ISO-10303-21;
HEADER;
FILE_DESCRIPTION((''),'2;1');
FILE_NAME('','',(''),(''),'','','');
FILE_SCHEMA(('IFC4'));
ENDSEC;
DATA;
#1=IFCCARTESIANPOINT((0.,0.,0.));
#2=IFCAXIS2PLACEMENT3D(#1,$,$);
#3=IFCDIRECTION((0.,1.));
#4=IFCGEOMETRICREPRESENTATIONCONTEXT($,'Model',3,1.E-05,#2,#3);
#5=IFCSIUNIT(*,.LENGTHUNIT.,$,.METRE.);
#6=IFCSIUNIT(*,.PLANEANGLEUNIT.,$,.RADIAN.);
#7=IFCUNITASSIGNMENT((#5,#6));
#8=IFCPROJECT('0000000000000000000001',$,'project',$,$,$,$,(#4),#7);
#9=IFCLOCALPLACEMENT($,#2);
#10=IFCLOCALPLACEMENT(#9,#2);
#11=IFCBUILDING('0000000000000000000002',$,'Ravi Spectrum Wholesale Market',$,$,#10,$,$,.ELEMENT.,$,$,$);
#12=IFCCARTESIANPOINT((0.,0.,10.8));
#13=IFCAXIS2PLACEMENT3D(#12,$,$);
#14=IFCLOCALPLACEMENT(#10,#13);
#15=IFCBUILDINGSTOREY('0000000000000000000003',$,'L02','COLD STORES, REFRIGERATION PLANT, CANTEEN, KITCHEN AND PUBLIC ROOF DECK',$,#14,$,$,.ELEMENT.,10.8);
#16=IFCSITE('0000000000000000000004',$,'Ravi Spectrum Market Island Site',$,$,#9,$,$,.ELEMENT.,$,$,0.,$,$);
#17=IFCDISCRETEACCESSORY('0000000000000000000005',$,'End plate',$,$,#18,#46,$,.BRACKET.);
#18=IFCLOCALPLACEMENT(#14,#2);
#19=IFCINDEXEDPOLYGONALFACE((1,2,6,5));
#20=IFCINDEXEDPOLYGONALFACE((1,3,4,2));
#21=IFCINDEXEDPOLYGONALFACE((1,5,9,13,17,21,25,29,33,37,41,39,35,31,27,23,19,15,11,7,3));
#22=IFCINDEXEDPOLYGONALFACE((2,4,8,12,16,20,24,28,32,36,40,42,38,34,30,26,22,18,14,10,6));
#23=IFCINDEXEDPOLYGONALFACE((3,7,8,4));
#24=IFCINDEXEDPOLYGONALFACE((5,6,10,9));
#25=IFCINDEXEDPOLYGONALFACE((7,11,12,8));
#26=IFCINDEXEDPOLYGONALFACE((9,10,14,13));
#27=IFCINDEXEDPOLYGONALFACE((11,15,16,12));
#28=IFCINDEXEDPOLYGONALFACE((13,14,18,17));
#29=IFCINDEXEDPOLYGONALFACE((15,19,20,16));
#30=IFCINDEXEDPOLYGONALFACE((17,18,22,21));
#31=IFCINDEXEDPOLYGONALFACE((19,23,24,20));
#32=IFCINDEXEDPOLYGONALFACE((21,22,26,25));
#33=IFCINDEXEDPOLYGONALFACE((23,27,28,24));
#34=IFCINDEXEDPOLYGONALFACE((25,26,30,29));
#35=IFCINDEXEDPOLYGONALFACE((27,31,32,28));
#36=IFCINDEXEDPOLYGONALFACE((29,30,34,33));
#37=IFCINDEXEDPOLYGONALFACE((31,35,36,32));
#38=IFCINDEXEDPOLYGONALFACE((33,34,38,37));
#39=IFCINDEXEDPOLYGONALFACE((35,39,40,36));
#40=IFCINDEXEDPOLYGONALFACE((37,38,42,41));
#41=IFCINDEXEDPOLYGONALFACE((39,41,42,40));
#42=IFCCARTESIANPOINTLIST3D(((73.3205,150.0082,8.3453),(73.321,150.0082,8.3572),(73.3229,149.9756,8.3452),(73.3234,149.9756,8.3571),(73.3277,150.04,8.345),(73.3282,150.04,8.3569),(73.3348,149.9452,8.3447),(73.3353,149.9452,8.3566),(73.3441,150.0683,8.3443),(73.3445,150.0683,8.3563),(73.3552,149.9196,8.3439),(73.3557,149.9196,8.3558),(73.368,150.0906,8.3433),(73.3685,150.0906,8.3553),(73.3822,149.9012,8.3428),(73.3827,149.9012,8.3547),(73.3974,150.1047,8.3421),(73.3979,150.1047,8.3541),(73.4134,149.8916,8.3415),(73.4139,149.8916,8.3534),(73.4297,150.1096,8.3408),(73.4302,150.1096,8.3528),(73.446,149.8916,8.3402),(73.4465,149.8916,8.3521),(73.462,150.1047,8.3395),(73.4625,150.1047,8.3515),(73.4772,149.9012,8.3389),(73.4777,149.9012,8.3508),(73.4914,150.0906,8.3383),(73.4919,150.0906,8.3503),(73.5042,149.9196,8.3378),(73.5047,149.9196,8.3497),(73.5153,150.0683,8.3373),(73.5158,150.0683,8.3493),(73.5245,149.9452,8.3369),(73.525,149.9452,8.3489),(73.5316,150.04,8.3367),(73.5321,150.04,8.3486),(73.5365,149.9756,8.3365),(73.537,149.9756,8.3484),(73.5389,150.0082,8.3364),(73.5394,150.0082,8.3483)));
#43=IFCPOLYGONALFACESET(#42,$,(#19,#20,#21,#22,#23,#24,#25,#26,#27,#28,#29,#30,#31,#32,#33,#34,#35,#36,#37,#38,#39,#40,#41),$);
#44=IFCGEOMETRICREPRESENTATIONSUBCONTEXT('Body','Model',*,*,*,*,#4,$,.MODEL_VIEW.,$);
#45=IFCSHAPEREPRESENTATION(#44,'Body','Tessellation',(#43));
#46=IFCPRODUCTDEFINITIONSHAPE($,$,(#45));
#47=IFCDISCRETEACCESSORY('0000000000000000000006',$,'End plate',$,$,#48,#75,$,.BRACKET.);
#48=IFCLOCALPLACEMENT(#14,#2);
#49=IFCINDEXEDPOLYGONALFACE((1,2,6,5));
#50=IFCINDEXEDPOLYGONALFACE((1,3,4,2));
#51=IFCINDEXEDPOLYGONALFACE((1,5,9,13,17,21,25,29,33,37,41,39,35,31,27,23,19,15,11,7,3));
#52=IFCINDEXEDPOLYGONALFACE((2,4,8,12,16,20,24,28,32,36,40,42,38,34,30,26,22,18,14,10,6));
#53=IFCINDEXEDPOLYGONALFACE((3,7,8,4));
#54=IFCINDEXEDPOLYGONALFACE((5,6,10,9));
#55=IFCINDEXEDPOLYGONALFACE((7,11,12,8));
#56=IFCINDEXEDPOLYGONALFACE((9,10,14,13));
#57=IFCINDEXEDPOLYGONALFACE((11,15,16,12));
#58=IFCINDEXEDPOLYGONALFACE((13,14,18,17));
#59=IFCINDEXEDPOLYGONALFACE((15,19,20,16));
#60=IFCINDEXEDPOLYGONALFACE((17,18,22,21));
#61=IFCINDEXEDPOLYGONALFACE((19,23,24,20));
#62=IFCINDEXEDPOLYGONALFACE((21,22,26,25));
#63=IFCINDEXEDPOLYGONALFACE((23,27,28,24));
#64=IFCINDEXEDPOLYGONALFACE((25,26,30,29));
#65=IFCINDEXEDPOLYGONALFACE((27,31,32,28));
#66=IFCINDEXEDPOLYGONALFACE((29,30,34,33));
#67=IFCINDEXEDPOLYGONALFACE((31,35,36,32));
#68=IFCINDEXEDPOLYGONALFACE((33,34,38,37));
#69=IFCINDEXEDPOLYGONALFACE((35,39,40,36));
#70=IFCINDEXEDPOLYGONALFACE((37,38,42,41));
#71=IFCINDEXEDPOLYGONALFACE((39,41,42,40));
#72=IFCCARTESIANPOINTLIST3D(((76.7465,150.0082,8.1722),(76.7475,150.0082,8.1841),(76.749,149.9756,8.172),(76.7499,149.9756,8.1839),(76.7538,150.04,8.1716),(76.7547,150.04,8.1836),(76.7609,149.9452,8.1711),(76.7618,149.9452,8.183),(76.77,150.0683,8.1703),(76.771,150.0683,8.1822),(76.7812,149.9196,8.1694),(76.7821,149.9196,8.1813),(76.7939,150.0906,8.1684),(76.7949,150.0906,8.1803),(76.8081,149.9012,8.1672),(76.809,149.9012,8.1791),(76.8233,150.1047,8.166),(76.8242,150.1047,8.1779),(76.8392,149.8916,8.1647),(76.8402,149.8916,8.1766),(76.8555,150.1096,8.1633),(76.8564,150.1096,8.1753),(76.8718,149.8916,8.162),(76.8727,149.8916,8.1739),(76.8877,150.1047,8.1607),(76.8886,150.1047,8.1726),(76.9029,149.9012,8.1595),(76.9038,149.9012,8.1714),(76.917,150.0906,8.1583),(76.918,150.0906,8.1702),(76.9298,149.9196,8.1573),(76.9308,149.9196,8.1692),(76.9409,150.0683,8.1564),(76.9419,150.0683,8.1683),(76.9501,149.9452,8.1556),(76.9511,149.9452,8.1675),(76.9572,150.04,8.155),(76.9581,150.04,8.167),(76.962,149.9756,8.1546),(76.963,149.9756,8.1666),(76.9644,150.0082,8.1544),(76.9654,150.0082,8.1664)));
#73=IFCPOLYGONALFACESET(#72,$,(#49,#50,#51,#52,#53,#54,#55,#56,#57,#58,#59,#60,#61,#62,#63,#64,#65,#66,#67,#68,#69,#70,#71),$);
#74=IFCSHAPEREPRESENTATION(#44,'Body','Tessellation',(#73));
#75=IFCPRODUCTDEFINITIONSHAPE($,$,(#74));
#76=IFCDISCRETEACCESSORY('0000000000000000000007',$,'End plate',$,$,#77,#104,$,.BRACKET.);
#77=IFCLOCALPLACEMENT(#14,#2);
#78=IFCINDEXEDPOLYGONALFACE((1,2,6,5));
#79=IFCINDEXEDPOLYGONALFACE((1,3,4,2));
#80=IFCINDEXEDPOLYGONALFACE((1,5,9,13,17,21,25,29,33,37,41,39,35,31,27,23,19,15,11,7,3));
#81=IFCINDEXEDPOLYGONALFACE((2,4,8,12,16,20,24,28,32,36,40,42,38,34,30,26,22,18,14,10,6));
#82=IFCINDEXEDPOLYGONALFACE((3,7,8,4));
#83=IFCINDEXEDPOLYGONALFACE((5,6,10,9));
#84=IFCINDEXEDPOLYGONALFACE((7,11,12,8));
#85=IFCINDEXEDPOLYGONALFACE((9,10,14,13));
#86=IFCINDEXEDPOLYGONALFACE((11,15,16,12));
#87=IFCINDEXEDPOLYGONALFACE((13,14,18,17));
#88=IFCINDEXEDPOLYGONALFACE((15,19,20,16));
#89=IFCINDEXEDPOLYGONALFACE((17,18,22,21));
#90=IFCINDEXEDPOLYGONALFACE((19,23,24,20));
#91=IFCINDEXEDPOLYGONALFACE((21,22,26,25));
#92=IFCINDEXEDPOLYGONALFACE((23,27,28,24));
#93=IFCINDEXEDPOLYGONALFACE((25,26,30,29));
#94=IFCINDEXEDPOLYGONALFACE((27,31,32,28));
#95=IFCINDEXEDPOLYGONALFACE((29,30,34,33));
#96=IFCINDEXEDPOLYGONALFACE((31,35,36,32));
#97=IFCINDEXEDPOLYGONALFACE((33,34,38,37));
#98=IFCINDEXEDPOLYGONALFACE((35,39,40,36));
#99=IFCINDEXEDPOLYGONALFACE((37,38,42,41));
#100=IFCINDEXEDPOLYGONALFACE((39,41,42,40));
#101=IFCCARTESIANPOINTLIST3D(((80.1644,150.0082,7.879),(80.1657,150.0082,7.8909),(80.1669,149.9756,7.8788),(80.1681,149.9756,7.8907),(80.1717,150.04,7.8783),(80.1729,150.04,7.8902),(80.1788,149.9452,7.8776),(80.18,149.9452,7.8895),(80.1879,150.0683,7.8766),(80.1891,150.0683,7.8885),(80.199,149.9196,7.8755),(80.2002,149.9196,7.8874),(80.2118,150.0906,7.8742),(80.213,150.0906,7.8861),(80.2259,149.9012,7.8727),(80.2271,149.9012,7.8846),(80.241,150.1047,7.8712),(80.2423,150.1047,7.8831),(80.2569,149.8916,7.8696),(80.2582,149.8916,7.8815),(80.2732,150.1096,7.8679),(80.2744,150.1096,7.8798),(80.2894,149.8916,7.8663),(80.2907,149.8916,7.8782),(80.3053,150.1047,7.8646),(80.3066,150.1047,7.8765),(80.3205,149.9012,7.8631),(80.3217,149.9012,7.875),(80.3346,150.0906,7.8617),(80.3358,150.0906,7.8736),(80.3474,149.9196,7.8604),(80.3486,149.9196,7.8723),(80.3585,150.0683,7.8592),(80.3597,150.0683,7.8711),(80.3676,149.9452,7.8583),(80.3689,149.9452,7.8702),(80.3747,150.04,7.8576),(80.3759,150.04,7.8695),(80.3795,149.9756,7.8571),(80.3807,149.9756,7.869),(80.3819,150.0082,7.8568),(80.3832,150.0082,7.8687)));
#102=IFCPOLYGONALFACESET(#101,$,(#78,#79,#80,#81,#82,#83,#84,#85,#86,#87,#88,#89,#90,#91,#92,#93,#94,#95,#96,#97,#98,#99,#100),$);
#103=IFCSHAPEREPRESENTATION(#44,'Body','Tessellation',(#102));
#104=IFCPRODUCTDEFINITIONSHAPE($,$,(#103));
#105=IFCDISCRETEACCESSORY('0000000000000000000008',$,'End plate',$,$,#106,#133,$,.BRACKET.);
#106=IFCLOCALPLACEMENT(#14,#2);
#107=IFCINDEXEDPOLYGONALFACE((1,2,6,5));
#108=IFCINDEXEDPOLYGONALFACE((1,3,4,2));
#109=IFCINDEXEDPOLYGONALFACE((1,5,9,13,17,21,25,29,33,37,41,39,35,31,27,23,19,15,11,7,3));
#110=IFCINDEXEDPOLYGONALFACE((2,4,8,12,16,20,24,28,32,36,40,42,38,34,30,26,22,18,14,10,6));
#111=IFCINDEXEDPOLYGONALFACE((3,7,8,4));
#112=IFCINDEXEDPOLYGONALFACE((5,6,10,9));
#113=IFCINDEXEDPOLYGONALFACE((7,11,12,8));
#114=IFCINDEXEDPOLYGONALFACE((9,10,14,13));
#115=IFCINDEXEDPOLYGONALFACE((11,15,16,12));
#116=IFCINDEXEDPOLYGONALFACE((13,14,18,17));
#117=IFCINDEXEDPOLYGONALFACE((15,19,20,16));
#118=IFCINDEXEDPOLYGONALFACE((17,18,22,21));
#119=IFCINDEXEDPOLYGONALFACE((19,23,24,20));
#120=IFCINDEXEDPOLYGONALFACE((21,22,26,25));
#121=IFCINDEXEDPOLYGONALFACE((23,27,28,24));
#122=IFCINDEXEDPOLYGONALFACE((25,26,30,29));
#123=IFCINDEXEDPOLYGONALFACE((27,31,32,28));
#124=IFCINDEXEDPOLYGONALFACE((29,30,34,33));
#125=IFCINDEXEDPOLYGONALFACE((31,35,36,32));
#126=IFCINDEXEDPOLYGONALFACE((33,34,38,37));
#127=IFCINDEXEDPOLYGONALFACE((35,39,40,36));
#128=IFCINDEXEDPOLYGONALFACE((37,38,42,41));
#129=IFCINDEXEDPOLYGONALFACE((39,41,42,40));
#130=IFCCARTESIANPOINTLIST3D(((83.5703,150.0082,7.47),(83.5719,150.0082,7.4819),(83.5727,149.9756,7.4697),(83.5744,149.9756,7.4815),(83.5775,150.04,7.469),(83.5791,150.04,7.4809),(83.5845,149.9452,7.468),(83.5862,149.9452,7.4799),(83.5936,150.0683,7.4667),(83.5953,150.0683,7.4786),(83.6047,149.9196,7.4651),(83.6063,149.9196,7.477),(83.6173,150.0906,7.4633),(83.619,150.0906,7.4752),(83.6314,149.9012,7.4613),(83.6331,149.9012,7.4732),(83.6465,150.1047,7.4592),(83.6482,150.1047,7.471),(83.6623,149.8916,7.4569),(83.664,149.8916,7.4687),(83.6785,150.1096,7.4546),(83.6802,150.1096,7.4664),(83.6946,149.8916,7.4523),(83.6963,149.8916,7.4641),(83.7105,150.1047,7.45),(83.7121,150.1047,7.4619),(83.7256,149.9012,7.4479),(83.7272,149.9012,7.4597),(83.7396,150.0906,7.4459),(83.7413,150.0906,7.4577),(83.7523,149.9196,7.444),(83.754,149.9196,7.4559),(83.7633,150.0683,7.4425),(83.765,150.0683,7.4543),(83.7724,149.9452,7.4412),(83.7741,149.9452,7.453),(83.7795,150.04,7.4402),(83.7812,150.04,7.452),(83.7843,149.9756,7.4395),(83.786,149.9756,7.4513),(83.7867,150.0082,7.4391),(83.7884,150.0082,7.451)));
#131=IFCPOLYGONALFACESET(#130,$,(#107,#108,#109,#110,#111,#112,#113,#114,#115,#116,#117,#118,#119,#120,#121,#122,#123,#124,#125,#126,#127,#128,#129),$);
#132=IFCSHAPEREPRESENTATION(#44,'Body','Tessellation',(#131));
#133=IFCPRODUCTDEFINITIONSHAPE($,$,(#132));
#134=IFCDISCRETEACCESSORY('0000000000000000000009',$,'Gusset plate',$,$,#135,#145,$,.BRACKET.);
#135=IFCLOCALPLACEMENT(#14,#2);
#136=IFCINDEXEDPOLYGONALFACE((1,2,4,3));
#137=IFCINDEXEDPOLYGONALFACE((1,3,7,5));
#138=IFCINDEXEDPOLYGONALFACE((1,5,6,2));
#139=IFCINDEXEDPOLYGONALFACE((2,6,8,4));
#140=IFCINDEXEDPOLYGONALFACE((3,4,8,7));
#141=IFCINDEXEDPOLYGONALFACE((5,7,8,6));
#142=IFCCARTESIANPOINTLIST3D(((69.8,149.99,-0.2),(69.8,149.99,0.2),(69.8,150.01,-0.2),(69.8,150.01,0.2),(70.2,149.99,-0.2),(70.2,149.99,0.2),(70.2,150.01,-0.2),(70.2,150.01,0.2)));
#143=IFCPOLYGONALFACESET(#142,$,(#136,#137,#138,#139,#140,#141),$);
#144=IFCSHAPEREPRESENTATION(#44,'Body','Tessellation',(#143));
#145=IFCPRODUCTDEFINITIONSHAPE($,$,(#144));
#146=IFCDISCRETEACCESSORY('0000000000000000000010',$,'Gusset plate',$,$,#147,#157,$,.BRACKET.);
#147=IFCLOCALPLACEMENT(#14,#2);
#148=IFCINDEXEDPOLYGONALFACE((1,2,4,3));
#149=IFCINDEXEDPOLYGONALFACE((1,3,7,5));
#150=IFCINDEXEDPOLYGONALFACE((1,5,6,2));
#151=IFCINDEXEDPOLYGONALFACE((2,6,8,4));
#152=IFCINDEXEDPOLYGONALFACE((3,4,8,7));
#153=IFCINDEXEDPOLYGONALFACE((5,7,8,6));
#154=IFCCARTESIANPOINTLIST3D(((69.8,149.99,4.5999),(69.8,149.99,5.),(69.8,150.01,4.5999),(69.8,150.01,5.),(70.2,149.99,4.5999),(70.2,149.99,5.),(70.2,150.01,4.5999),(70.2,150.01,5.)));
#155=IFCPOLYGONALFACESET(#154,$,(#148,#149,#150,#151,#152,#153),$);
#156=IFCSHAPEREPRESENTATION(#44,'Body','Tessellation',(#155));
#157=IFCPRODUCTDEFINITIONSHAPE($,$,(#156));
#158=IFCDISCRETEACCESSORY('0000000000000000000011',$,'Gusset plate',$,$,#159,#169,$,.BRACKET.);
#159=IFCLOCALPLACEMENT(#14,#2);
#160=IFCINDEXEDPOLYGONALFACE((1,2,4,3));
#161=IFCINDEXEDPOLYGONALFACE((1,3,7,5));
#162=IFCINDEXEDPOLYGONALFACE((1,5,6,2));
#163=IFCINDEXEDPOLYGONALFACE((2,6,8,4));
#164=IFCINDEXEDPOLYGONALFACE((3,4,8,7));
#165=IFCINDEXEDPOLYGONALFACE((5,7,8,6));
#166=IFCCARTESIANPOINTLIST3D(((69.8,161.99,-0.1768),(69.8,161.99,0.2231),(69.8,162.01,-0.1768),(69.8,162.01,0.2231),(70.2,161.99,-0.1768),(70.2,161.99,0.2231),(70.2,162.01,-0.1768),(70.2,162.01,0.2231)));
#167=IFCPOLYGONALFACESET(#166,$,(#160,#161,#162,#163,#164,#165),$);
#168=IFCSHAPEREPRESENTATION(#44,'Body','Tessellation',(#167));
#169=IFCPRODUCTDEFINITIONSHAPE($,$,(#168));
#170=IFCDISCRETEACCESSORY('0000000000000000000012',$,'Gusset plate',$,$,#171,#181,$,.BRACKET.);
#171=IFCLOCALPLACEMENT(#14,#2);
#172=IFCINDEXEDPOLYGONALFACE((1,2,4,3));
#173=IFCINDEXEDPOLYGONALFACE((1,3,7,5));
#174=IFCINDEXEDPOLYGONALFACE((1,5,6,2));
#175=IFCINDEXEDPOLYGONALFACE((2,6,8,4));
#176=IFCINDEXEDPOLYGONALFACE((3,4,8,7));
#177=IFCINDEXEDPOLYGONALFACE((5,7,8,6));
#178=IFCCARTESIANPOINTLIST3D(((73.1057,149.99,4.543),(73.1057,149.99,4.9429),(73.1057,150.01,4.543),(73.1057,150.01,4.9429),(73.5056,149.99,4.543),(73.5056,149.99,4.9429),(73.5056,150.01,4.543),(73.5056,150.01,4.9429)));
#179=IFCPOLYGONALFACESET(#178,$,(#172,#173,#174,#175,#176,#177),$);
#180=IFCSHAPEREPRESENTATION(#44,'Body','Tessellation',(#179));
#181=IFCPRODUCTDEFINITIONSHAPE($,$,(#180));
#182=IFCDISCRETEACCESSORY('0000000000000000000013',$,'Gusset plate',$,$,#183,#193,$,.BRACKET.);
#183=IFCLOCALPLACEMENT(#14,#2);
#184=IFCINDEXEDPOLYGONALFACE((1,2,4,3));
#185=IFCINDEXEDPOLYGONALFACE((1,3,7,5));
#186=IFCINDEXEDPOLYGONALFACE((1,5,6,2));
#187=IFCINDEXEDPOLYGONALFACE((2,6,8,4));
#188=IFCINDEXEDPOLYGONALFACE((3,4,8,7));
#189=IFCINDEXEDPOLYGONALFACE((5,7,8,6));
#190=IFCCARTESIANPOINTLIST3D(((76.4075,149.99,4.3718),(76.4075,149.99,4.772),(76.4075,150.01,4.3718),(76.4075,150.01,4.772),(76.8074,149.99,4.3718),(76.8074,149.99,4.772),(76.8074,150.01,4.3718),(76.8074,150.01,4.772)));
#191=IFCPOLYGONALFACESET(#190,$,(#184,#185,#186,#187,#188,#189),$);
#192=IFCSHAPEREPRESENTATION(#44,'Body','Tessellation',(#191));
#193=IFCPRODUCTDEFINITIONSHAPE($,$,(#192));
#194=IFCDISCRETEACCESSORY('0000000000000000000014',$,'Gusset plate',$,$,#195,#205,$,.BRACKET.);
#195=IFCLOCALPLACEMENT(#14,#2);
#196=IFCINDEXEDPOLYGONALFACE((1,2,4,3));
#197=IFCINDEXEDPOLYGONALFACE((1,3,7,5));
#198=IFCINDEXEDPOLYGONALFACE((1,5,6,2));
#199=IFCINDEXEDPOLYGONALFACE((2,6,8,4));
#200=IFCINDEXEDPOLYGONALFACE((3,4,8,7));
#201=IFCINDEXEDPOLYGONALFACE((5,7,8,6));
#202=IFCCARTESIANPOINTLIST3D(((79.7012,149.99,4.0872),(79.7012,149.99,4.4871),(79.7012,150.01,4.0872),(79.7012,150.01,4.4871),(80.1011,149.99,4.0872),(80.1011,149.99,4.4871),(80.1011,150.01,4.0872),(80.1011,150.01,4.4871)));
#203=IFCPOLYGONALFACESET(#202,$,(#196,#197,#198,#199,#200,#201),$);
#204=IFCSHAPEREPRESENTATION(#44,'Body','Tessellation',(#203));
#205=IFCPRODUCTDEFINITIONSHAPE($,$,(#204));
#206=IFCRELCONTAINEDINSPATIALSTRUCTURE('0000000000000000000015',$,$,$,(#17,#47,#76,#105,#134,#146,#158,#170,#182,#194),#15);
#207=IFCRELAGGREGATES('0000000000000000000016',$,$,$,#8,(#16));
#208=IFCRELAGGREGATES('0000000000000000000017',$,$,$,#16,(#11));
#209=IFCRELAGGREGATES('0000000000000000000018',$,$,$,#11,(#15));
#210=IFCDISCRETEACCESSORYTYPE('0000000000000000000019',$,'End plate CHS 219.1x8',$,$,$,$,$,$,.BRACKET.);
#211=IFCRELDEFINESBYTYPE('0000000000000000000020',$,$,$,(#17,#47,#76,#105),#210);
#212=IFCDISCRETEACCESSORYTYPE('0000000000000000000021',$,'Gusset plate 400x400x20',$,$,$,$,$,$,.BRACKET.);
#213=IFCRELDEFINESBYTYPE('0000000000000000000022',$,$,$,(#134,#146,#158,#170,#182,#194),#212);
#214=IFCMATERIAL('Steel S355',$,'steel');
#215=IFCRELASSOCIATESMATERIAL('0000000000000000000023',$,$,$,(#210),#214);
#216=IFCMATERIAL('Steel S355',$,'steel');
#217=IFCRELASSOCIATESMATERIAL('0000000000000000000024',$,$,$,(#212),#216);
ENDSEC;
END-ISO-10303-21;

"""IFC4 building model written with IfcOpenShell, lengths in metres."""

from ifc_helpers import new_model, si_unit, direction, frame, origin, origin_2d, place, context, subcontext, project, spatial, rectangle, circle, extrude, material, material_profile, profile_set, type_object, element, save


model = new_model("IFC4")

# Units and contexts
model_context = context("Model", 3, precision=1e-05, world=origin(), true_north=direction((0.0, 1.0)))
body_context = subcontext(model_context, "Body", "Model", "MODEL_VIEW")
ifc_project = project(units=[si_unit("LENGTHUNIT", "METRE"), si_unit("PLANEANGLEUNIT", "RADIAN")], contexts=[model_context])

# Site, building, storey
site_placement = place(None, origin())
site = spatial("IfcSite", under=ifc_project, at=site_placement, Name="Ravi Spectrum Market Island Site", CompositionType="ELEMENT", RefElevation=0.0)
building_placement = place(site_placement, origin())
building = spatial("IfcBuilding", under=site, at=building_placement, Name="Ravi Spectrum Wholesale Market", CompositionType="ELEMENT")
storey_placement = place(building_placement, frame((0.0, 0.0, 10.8)))
storey = spatial("IfcBuildingStorey", under=building, at=storey_placement, Name="L02", Description="COLD STORES, REFRIGERATION PLANT, CANTEEN, KITCHEN AND PUBLIC ROOF DECK", CompositionType="ELEMENT", Elevation=10.8)

# Discrete accessories
ifc_material_1 = material(Name="Steel S355", Category="steel")
ifc_material_profile_1 = material_profile(ifc_material_1, circle(Radius=0.1096, at=origin_2d()))
ifc_profile_set_1 = profile_set([ifc_material_profile_1], Name="Steel S355")
discrete_accessory_type_1 = type_object("IfcDiscreteAccessoryType", Name="End plate CHS 219.1x8", PredefinedType="BRACKET", material=ifc_profile_set_1)
for number, where, z_axis, x_axis, name in (
    (1, (73.4297, 150.0, 8.3408), (0.040782, 0.0, 0.999168), (0.0, 1.0, 0.0), "End plate"),
    (2, (76.8555, 150.0, 8.1633), (0.081362, 0.0, 0.996685), (0.0, 1.0, 0.0), "End plate"),
    (3, (80.2732, 150.0, 7.8679), (0.101514, 0.0, 0.994834), (0.0, 1.0, 0.0), "End plate"),
    (4, (83.6785, 150.0, 7.4546), (0.141421, 0.0, 0.989949), (0.0, 1.0, 0.0), "End plate"),
):
    element("IfcDiscreteAccessory", number, at=place(storey_placement, frame(where, z_axis=z_axis, x_axis=x_axis)), inside=storey, type_object=discrete_accessory_type_1, Name=name, PredefinedType="BRACKET", context=body_context, shape_type="SweptSolid", body=[
        extrude(circle(Radius=0.1096, at=origin_2d()), origin(), (0.0, 0.0, 1.0), 0.012),
    ])
ifc_material_2 = material(Name="Steel S355", Category="steel")
ifc_material_profile_2 = material_profile(ifc_material_2, rectangle(XDim=0.3999, YDim=0.02, at=origin_2d()))
ifc_profile_set_2 = profile_set([ifc_material_profile_2], Name="Steel S355")
discrete_accessory_type_2 = type_object("IfcDiscreteAccessoryType", Name="Gusset plate 400x400x20", PredefinedType="BRACKET", material=ifc_profile_set_2)
discrete_accessory_1_placement = place(storey_placement, frame((70.0, 150.0, -0.2), z_axis=(0.0, 0.0, 1.0), x_axis=(1.0, 0.0, 0.0)))
element("IfcDiscreteAccessory", 5, at=discrete_accessory_1_placement, inside=storey, type_object=discrete_accessory_type_2, Name="Gusset plate", PredefinedType="BRACKET", context=body_context, shape_type="SweptSolid", body=[
    extrude(rectangle(XDim=0.3999, YDim=0.02, at=origin_2d()), origin(), (0.0, 0.0, 1.0), 0.3999),
])
discrete_accessory_2_placement = place(storey_placement, frame((70.0, 150.0, 4.5999), z_axis=(0.0, 0.0, 1.0), x_axis=(1.0, 0.0, 0.0)))
element("IfcDiscreteAccessory", 6, at=discrete_accessory_2_placement, inside=storey, type_object=discrete_accessory_type_2, Name="Gusset plate", PredefinedType="BRACKET", context=body_context, shape_type="SweptSolid", body=[
    extrude(rectangle(XDim=0.3999, YDim=0.02, at=origin_2d()), origin(), (0.0, 0.0, 1.0), 0.4001),
])
for number, where, z_axis, x_axis, name in (
    (7, (70.0, 162.0, -0.1768), (0.0, 0.0, 1.0), (1.0, 0.0, 0.0), "Gusset plate"),
    (8, (73.3057, 150.0, 4.543), (0.0, 0.0, 1.0), (-1.0, 0.0, 0.0), "Gusset plate"),
):
    element("IfcDiscreteAccessory", number, at=place(storey_placement, frame(where, z_axis=z_axis, x_axis=x_axis)), inside=storey, type_object=discrete_accessory_type_2, Name=name, PredefinedType="BRACKET", context=body_context, shape_type="SweptSolid", body=[
        extrude(rectangle(XDim=0.3999, YDim=0.02, at=origin_2d()), origin(), (0.0, 0.0, 1.0), 0.3999),
    ])
discrete_accessory_3_placement = place(storey_placement, frame((76.6074, 150.0, 4.3718), z_axis=(0.0, 0.0, 1.0), x_axis=(-1.0, 0.0, 0.0)))
element("IfcDiscreteAccessory", 9, at=discrete_accessory_3_placement, inside=storey, type_object=discrete_accessory_type_2, Name="Gusset plate", PredefinedType="BRACKET", context=body_context, shape_type="SweptSolid", body=[
    extrude(rectangle(XDim=0.3999, YDim=0.02, at=origin_2d()), origin(), (0.0, 0.0, 1.0), 0.4001),
])
for number, where, z_axis, x_axis, name in (
    (10, (79.9011, 150.0, 4.0872), (0.0, 0.0, 1.0), (-1.0, 0.0, 0.0), "Gusset plate"),
):
    element("IfcDiscreteAccessory", number, at=place(storey_placement, frame(where, z_axis=z_axis, x_axis=x_axis)), inside=storey, type_object=discrete_accessory_type_2, Name=name, PredefinedType="BRACKET", context=body_context, shape_type="SweptSolid", body=[
        extrude(rectangle(XDim=0.3999, YDim=0.02, at=origin_2d()), origin(), (0.0, 0.0, 1.0), 0.3999),
    ])

save(model, "model.ifc")
